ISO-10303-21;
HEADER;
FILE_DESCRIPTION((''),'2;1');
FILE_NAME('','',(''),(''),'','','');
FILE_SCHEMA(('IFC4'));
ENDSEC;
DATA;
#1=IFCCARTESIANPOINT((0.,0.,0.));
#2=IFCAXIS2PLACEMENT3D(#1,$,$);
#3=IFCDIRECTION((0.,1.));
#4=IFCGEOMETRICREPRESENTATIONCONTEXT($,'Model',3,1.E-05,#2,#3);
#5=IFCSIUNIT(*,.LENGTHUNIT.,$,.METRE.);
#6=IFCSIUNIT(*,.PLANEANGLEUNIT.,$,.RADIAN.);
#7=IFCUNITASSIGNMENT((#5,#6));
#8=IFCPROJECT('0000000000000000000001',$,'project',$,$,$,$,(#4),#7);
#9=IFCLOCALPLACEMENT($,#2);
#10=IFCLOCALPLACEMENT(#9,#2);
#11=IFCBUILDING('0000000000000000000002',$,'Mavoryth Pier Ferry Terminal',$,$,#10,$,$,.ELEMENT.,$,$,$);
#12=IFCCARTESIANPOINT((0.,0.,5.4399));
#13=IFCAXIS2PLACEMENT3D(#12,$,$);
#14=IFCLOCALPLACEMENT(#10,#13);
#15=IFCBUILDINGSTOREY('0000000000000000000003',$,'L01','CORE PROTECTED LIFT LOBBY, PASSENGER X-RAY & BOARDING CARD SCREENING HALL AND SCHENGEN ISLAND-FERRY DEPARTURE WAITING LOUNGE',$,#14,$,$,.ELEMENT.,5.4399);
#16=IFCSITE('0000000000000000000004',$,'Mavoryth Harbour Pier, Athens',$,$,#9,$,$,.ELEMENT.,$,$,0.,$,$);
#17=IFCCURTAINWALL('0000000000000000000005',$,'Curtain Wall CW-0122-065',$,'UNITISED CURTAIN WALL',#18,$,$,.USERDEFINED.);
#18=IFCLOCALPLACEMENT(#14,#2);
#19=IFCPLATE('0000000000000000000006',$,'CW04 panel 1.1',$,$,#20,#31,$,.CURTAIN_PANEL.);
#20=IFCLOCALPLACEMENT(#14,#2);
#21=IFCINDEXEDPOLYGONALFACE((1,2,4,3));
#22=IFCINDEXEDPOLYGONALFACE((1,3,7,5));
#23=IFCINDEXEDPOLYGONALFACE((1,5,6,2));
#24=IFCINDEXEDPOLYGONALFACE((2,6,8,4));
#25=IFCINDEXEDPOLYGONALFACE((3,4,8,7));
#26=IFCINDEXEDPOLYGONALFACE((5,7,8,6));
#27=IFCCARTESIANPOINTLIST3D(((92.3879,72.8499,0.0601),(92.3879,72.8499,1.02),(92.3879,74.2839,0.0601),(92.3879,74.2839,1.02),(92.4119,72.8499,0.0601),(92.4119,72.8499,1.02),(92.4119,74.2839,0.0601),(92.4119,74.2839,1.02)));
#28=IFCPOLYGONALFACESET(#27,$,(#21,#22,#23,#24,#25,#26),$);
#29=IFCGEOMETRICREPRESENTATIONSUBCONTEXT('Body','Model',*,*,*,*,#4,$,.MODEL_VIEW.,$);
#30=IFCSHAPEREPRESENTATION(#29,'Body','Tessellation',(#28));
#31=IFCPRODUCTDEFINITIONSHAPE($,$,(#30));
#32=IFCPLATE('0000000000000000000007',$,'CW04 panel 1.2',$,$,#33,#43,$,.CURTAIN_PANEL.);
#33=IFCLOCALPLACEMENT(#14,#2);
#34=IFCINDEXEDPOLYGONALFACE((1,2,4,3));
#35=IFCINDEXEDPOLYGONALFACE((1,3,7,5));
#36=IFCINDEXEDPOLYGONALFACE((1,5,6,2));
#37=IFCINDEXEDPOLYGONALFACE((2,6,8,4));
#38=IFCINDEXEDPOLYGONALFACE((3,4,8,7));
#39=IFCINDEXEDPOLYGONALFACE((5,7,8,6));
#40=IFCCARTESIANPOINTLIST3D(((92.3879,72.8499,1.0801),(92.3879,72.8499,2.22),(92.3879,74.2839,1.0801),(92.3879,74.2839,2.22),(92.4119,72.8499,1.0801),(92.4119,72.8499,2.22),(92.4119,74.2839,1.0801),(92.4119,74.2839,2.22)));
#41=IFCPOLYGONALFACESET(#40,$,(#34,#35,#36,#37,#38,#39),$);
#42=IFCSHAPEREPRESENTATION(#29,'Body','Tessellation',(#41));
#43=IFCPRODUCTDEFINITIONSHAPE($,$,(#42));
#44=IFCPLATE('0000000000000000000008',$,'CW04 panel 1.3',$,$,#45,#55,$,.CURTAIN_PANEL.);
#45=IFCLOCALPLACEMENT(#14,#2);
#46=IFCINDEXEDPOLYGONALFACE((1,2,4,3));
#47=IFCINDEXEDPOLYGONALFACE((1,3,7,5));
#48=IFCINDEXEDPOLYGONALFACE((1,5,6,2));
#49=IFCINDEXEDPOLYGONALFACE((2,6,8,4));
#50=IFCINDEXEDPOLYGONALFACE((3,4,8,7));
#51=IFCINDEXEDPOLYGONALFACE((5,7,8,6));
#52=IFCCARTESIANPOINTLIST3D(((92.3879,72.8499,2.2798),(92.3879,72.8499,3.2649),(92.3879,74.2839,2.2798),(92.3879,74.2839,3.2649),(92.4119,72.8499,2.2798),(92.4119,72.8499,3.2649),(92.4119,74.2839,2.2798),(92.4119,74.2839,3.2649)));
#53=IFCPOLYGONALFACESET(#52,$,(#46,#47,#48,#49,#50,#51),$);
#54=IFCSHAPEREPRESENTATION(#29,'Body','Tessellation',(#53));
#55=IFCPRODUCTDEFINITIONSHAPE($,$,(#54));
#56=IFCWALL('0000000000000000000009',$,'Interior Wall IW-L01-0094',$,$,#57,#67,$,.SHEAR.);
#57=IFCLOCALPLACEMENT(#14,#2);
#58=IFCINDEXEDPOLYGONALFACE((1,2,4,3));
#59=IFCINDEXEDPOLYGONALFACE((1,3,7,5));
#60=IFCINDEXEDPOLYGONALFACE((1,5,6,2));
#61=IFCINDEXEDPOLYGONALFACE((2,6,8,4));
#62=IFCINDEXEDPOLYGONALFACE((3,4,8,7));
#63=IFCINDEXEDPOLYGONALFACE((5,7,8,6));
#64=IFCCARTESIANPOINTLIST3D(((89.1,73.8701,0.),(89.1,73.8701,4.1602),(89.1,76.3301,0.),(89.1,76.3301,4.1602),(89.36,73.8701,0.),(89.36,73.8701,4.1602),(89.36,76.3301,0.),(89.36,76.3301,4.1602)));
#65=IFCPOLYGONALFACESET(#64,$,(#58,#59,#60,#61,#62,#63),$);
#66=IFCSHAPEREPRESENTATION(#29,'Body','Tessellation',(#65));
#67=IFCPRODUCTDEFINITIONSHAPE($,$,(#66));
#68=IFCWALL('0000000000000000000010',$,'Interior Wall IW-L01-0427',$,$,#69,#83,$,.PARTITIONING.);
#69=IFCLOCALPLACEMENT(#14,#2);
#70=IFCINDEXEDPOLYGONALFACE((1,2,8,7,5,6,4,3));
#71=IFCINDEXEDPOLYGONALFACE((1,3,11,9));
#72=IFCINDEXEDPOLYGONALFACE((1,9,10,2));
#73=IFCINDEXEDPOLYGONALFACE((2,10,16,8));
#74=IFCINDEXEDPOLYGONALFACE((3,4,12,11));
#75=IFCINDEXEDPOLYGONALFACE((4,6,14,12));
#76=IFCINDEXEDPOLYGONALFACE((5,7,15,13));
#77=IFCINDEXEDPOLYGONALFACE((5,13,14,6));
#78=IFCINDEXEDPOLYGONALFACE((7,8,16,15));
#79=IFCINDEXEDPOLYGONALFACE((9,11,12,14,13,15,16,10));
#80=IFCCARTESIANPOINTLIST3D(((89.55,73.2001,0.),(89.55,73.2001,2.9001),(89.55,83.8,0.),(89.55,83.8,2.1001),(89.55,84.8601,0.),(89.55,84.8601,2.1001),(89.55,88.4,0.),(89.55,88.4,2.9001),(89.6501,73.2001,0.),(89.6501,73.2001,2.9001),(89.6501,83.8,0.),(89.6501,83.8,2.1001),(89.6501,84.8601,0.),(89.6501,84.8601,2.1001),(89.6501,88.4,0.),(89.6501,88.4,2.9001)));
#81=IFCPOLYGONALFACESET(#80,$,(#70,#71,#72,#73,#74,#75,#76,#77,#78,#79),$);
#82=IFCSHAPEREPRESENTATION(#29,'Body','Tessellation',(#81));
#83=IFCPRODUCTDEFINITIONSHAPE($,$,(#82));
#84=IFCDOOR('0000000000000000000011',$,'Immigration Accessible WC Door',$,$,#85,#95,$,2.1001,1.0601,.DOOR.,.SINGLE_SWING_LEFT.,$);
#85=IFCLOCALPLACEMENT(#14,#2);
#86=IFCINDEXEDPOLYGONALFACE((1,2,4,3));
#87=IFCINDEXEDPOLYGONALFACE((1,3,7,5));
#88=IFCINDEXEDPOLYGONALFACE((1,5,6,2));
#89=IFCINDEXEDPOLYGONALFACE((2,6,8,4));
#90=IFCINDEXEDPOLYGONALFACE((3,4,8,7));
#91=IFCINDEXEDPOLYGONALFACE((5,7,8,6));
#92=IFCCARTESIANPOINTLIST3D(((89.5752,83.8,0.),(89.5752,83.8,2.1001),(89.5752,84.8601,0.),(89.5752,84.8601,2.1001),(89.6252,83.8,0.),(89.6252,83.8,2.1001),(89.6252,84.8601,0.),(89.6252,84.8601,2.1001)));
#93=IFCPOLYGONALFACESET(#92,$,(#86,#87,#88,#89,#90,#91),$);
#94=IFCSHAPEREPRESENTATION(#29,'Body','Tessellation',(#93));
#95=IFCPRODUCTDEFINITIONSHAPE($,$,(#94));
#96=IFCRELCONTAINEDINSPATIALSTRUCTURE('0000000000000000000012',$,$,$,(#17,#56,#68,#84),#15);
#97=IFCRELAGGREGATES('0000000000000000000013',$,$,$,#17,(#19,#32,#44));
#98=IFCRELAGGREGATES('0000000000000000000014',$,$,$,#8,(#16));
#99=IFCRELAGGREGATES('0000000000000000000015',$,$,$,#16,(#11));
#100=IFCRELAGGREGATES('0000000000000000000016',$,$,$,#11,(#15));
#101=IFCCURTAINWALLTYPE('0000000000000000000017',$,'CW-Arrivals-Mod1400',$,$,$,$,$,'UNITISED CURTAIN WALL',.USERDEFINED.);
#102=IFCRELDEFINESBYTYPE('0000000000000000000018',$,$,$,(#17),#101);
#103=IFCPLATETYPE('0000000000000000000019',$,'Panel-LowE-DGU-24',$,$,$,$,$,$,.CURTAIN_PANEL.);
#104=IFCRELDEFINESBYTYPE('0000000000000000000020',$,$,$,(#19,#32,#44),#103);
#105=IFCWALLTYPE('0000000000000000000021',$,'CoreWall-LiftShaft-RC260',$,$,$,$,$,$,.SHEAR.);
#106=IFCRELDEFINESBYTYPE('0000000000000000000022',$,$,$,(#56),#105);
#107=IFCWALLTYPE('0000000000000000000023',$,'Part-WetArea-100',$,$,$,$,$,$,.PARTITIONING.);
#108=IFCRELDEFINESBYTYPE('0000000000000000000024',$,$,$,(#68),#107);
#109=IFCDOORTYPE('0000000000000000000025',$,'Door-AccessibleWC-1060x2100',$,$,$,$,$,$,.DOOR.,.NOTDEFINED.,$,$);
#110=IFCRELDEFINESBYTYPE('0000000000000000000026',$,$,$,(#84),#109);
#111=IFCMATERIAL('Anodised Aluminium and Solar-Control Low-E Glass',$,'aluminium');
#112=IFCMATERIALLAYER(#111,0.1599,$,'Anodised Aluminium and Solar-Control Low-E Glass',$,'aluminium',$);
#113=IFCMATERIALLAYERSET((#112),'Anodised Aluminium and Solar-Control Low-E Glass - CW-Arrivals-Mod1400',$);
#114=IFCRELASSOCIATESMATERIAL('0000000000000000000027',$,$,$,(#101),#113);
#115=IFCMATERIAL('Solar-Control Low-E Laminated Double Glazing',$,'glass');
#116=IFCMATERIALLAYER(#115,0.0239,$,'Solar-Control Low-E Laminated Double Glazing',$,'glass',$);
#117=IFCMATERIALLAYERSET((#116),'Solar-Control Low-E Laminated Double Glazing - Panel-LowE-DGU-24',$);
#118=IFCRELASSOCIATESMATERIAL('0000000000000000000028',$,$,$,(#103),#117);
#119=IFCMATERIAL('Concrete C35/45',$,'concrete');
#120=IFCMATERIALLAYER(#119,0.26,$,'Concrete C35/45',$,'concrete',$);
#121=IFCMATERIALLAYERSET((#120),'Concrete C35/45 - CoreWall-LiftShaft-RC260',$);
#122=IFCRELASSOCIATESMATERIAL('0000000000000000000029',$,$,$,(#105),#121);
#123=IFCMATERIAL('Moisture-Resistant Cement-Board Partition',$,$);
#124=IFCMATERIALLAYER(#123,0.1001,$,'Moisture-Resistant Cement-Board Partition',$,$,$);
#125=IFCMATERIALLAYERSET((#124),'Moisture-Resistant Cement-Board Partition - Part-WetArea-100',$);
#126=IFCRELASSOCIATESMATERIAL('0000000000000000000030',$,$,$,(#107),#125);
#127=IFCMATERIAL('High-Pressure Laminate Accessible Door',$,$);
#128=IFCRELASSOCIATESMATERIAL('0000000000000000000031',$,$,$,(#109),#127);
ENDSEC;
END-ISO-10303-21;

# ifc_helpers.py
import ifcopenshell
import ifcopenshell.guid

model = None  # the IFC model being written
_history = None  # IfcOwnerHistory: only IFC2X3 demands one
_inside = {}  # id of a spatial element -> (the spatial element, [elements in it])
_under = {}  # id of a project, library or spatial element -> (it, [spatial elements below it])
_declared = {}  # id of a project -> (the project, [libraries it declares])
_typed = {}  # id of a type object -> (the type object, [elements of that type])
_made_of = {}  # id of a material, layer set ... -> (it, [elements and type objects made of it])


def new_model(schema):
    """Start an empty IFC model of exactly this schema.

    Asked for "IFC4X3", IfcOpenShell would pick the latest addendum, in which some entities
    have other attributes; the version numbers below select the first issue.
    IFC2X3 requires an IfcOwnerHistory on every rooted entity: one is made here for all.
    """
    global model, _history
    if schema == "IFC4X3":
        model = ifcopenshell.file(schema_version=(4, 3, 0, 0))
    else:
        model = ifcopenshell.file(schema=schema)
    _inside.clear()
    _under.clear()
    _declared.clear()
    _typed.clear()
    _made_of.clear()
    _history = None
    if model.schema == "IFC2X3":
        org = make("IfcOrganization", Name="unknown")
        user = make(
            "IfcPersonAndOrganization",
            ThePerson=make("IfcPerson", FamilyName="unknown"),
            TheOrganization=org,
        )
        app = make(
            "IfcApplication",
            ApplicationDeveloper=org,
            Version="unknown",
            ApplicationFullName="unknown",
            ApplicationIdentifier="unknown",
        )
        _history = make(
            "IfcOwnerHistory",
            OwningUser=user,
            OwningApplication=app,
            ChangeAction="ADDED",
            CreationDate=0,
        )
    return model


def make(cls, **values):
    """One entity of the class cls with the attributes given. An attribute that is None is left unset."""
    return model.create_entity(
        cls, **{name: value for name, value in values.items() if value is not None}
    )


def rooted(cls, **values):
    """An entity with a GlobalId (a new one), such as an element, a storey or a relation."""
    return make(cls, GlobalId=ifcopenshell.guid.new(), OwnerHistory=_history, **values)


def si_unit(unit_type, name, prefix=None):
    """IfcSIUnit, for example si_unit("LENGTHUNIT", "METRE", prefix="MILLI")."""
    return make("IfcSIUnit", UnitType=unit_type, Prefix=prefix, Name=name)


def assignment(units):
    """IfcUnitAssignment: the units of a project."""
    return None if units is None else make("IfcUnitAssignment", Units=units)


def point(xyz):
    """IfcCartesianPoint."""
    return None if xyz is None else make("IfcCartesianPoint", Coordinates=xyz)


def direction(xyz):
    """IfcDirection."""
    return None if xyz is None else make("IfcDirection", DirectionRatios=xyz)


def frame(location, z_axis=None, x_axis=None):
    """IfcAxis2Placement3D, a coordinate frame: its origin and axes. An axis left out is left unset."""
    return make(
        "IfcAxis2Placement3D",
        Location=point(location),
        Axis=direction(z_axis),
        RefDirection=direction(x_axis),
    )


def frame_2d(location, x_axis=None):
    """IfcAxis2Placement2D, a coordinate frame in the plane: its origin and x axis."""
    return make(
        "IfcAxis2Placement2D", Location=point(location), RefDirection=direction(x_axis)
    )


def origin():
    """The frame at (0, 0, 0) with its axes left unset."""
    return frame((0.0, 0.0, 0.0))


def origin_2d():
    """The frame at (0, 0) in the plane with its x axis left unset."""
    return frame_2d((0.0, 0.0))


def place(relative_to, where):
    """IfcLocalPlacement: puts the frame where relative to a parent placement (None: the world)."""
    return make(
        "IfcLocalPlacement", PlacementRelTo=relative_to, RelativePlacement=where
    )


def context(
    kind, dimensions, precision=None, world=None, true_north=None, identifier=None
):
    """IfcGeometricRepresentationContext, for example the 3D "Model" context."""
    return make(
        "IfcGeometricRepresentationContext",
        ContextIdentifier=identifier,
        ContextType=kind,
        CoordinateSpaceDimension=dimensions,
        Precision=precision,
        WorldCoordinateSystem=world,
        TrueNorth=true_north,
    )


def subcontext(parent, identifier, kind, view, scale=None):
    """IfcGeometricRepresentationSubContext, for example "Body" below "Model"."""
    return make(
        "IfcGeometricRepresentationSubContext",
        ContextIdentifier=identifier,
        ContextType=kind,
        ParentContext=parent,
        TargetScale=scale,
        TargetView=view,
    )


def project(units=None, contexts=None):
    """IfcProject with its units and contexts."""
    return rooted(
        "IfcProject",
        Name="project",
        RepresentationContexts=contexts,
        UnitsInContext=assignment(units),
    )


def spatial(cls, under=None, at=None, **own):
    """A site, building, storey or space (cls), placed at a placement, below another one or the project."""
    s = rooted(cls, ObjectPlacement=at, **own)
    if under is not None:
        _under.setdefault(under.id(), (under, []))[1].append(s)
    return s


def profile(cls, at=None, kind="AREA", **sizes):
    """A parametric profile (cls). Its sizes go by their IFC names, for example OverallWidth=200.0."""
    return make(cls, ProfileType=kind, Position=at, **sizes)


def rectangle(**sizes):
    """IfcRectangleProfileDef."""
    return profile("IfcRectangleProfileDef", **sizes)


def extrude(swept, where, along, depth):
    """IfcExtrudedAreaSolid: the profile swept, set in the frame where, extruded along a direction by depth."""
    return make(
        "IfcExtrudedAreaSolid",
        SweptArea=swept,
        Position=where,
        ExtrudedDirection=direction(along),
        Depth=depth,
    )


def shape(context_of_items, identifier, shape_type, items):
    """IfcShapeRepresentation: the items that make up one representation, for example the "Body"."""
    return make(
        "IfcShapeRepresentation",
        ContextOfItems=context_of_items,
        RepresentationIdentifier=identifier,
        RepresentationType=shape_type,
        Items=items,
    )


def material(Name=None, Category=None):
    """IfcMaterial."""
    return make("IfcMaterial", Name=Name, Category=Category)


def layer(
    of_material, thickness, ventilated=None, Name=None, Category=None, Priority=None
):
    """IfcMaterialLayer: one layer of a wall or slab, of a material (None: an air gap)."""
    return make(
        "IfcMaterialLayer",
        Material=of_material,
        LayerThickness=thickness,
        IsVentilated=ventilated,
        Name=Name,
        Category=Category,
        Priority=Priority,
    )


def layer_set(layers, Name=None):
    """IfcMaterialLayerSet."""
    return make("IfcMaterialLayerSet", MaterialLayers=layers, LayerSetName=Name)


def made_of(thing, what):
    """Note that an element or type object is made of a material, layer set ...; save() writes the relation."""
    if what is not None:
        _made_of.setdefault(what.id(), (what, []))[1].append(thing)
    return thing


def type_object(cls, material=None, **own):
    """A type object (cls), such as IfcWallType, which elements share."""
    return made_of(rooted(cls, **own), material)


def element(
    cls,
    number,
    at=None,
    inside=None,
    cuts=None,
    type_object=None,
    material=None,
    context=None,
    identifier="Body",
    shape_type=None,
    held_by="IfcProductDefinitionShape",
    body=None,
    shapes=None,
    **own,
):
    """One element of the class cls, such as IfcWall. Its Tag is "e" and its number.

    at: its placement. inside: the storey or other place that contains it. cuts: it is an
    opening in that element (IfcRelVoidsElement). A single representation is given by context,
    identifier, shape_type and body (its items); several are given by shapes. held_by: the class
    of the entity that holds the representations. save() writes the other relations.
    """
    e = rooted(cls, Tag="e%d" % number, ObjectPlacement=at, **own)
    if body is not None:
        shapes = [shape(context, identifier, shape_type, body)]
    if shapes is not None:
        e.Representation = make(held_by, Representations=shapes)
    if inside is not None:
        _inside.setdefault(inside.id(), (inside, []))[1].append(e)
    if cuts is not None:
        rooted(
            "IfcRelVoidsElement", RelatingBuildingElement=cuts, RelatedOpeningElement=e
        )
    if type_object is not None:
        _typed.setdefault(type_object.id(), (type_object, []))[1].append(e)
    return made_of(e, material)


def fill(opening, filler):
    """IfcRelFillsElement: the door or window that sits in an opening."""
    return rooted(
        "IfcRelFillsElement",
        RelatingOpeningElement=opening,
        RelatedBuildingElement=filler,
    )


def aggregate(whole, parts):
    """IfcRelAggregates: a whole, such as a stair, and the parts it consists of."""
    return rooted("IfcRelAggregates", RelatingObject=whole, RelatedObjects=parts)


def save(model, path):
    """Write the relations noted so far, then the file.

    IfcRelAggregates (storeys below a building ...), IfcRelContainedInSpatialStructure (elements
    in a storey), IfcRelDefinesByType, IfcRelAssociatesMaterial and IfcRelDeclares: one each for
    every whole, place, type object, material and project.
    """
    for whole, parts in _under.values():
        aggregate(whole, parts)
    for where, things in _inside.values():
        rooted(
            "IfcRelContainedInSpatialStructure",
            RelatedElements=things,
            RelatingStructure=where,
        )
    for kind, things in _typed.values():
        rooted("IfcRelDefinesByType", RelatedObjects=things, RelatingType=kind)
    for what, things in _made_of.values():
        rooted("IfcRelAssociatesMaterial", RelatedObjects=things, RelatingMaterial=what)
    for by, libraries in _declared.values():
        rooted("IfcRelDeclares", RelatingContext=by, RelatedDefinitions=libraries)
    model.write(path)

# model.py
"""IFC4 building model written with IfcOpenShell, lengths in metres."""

from ifc_helpers import new_model, si_unit, direction, frame, frame_2d, origin, origin_2d, place, context, subcontext, project, spatial, rectangle, extrude, material, layer, layer_set, type_object, element, fill, aggregate, save


model = new_model("IFC4")

# Units and contexts
model_context = context("Model", 3, precision=1e-05, world=origin(), true_north=direction((0.0, 1.0)))
body_context = subcontext(model_context, "Body", "Model", "MODEL_VIEW")
ifc_project = project(units=[si_unit("LENGTHUNIT", "METRE"), si_unit("PLANEANGLEUNIT", "RADIAN")], contexts=[model_context])

# Site, building, storey
site_placement = place(None, origin())
site = spatial("IfcSite", under=ifc_project, at=site_placement, Name="Mavoryth Harbour Pier, Athens", CompositionType="ELEMENT", RefElevation=0.0)
building_placement = place(site_placement, origin())
building = spatial("IfcBuilding", under=site, at=building_placement, Name="Mavoryth Pier Ferry Terminal", CompositionType="ELEMENT")
storey_placement = place(building_placement, frame((0.0, 0.0, 5.4399)))
storey = spatial("IfcBuildingStorey", under=building, at=storey_placement, Name="L01", Description="CORE PROTECTED LIFT LOBBY, PASSENGER X-RAY & BOARDING CARD SCREENING HALL AND SCHENGEN ISLAND-FERRY DEPARTURE WAITING LOUNGE", CompositionType="ELEMENT", Elevation=5.4399)

# Shared definitions
ifc_material_1 = material(Name="Concrete C35/45", Category="concrete")

# Curtain wall
ifc_material_2 = material(Name="Anodised Aluminium and Solar-Control Low-E Glass", Category="aluminium")
ifc_layer_1 = layer(ifc_material_2, 0.1599, Name="Anodised Aluminium and Solar-Control Low-E Glass", Category="aluminium")
ifc_layer_set_1 = layer_set([ifc_layer_1], Name="Anodised Aluminium and Solar-Control Low-E Glass - CW-Arrivals-Mod1400")
curtain_wall_type = type_object("IfcCurtainWallType", Name="CW-Arrivals-Mod1400", ElementType="UNITISED CURTAIN WALL", PredefinedType="USERDEFINED", material=ifc_layer_set_1)
curtain_wall_1_placement = place(storey_placement, origin())
curtain_wall_1 = element("IfcCurtainWall", 1, at=curtain_wall_1_placement, inside=storey, type_object=curtain_wall_type, Name="Curtain Wall CW-0122-065", ObjectType="UNITISED CURTAIN WALL", PredefinedType="USERDEFINED")

# Plates
ifc_material_3 = material(Name="Solar-Control Low-E Laminated Double Glazing", Category="glass")
ifc_layer_2 = layer(ifc_material_3, 0.0239, Name="Solar-Control Low-E Laminated Double Glazing", Category="glass")
ifc_layer_set_2 = layer_set([ifc_layer_2], Name="Solar-Control Low-E Laminated Double Glazing - Panel-LowE-DGU-24")
plate_type = type_object("IfcPlateType", Name="Panel-LowE-DGU-24", PredefinedType="CURTAIN_PANEL", material=ifc_layer_set_2)
plate_1_placement = place(storey_placement, frame((92.3999, 73.5669, 0.0601), z_axis=(0.0, 0.0, 1.0), x_axis=(0.0, 1.0, 0.0)))
plate_1 = element("IfcPlate", 2, at=plate_1_placement, type_object=plate_type, Name="CW04 panel 1.1", PredefinedType="CURTAIN_PANEL", context=body_context, shape_type="SweptSolid", body=[
    extrude(rectangle(XDim=1.4341, YDim=0.0239, at=origin_2d()), origin(), (0.0, 0.0, 1.0), 0.96),
])
plate_2_placement = place(storey_placement, frame((92.3999, 73.5669, 1.0801), z_axis=(0.0, 0.0, 1.0), x_axis=(0.0, 1.0, 0.0)))
plate_2 = element("IfcPlate", 3, at=plate_2_placement, type_object=plate_type, Name="CW04 panel 1.2", PredefinedType="CURTAIN_PANEL", context=body_context, shape_type="SweptSolid", body=[
    extrude(rectangle(XDim=1.4341, YDim=0.0239, at=origin_2d()), origin(), (0.0, 0.0, 1.0), 1.1399),
])
plate_3_placement = place(storey_placement, frame((92.3999, 73.5669, 2.2798), z_axis=(0.0, 0.0, 1.0), x_axis=(0.0, 1.0, 0.0)))
plate_3 = element("IfcPlate", 4, at=plate_3_placement, type_object=plate_type, Name="CW04 panel 1.3", PredefinedType="CURTAIN_PANEL", context=body_context, shape_type="SweptSolid", body=[
    extrude(rectangle(XDim=1.4341, YDim=0.0239, at=origin_2d()), origin(), (0.0, 0.0, 1.0), 0.9851),
])
aggregate(curtain_wall_1, [plate_1, plate_2, plate_3])

# Wall
ifc_layer_3 = layer(ifc_material_1, 0.26, Name="Concrete C35/45", Category="concrete")
ifc_layer_set_3 = layer_set([ifc_layer_3], Name="Concrete C35/45 - CoreWall-LiftShaft-RC260")
wall_type_1 = type_object("IfcWallType", Name="CoreWall-LiftShaft-RC260", PredefinedType="SHEAR", material=ifc_layer_set_3)
wall_1_placement = place(storey_placement, frame((89.23, 73.8701, 0.0), z_axis=(0.0, 0.0, 1.0), x_axis=(0.0, 1.0, 0.0)))
element("IfcWall", 5, at=wall_1_placement, inside=storey, type_object=wall_type_1, Name="Interior Wall IW-L01-0094", PredefinedType="SHEAR", context=body_context, shape_type="SweptSolid", body=[
    extrude(rectangle(XDim=2.46, YDim=0.26, at=frame_2d((1.23, 0.0))), origin(), (0.0, 0.0, 1.0), 4.1602),
])

# Wall, opening, door
ifc_material_4 = material(Name="Moisture-Resistant Cement-Board Partition")
ifc_layer_4 = layer(ifc_material_4, 0.1001, Name="Moisture-Resistant Cement-Board Partition")
ifc_layer_set_4 = layer_set([ifc_layer_4], Name="Moisture-Resistant Cement-Board Partition - Part-WetArea-100")
wall_type_2 = type_object("IfcWallType", Name="Part-WetArea-100", PredefinedType="PARTITIONING", material=ifc_layer_set_4)
wall_2_placement = place(storey_placement, frame((89.6001, 73.2, 0.0), z_axis=(0.0, 0.0, 1.0), x_axis=(0.0, 1.0, 0.0)))
wall_2 = element("IfcWall", 6, at=wall_2_placement, inside=storey, type_object=wall_type_2, Name="Interior Wall IW-L01-0427", PredefinedType="PARTITIONING", context=body_context, shape_type="SweptSolid", body=[
    extrude(rectangle(XDim=15.2, YDim=0.1001, at=frame_2d((7.6001, 0.0))), origin(), (0.0, 0.0, 1.0), 2.9001),
])
opening_placement = place(wall_2_placement, frame((10.6001, 0.0, 0.0)))
opening = element("IfcOpeningElement", 7, at=opening_placement, cuts=wall_2, PredefinedType="OPENING", context=body_context, shape_type="SweptSolid", body=[
    extrude(rectangle(XDim=1.0601, YDim=2.1001, at=frame_2d((0.53, 1.05))), frame((0.0, 0.0601, 0.0), z_axis=(0.0, -1.0, 0.0), x_axis=(1.0, 0.0, 0.0)), (0.0, 0.0, 1.0), 0.1201),
])
ifc_material_5 = material(Name="High-Pressure Laminate Accessible Door")
door_type = type_object("IfcDoorType", Name="Door-AccessibleWC-1060x2100", OperationType="NOTDEFINED", PredefinedType="DOOR", material=ifc_material_5)
door_placement = place(opening_placement, origin())
door = element("IfcDoor", 8, at=door_placement, inside=storey, type_object=door_type, Name="Immigration Accessible WC Door", OperationType="SINGLE_SWING_LEFT", OverallHeight=2.1001, OverallWidth=1.0601, PredefinedType="DOOR", context=body_context, shape_type="SweptSolid", body=[
    extrude(rectangle(XDim=1.0601, YDim=2.1001, at=frame_2d((0.53, 1.05))), frame((0.0, 0.0249, 0.0), z_axis=(0.0, -1.0, 0.0), x_axis=(1.0, 0.0, 0.0)), (0.0, 0.0, 1.0), 0.05),
])
fill(opening, door)

save(model, "model.ifc")
